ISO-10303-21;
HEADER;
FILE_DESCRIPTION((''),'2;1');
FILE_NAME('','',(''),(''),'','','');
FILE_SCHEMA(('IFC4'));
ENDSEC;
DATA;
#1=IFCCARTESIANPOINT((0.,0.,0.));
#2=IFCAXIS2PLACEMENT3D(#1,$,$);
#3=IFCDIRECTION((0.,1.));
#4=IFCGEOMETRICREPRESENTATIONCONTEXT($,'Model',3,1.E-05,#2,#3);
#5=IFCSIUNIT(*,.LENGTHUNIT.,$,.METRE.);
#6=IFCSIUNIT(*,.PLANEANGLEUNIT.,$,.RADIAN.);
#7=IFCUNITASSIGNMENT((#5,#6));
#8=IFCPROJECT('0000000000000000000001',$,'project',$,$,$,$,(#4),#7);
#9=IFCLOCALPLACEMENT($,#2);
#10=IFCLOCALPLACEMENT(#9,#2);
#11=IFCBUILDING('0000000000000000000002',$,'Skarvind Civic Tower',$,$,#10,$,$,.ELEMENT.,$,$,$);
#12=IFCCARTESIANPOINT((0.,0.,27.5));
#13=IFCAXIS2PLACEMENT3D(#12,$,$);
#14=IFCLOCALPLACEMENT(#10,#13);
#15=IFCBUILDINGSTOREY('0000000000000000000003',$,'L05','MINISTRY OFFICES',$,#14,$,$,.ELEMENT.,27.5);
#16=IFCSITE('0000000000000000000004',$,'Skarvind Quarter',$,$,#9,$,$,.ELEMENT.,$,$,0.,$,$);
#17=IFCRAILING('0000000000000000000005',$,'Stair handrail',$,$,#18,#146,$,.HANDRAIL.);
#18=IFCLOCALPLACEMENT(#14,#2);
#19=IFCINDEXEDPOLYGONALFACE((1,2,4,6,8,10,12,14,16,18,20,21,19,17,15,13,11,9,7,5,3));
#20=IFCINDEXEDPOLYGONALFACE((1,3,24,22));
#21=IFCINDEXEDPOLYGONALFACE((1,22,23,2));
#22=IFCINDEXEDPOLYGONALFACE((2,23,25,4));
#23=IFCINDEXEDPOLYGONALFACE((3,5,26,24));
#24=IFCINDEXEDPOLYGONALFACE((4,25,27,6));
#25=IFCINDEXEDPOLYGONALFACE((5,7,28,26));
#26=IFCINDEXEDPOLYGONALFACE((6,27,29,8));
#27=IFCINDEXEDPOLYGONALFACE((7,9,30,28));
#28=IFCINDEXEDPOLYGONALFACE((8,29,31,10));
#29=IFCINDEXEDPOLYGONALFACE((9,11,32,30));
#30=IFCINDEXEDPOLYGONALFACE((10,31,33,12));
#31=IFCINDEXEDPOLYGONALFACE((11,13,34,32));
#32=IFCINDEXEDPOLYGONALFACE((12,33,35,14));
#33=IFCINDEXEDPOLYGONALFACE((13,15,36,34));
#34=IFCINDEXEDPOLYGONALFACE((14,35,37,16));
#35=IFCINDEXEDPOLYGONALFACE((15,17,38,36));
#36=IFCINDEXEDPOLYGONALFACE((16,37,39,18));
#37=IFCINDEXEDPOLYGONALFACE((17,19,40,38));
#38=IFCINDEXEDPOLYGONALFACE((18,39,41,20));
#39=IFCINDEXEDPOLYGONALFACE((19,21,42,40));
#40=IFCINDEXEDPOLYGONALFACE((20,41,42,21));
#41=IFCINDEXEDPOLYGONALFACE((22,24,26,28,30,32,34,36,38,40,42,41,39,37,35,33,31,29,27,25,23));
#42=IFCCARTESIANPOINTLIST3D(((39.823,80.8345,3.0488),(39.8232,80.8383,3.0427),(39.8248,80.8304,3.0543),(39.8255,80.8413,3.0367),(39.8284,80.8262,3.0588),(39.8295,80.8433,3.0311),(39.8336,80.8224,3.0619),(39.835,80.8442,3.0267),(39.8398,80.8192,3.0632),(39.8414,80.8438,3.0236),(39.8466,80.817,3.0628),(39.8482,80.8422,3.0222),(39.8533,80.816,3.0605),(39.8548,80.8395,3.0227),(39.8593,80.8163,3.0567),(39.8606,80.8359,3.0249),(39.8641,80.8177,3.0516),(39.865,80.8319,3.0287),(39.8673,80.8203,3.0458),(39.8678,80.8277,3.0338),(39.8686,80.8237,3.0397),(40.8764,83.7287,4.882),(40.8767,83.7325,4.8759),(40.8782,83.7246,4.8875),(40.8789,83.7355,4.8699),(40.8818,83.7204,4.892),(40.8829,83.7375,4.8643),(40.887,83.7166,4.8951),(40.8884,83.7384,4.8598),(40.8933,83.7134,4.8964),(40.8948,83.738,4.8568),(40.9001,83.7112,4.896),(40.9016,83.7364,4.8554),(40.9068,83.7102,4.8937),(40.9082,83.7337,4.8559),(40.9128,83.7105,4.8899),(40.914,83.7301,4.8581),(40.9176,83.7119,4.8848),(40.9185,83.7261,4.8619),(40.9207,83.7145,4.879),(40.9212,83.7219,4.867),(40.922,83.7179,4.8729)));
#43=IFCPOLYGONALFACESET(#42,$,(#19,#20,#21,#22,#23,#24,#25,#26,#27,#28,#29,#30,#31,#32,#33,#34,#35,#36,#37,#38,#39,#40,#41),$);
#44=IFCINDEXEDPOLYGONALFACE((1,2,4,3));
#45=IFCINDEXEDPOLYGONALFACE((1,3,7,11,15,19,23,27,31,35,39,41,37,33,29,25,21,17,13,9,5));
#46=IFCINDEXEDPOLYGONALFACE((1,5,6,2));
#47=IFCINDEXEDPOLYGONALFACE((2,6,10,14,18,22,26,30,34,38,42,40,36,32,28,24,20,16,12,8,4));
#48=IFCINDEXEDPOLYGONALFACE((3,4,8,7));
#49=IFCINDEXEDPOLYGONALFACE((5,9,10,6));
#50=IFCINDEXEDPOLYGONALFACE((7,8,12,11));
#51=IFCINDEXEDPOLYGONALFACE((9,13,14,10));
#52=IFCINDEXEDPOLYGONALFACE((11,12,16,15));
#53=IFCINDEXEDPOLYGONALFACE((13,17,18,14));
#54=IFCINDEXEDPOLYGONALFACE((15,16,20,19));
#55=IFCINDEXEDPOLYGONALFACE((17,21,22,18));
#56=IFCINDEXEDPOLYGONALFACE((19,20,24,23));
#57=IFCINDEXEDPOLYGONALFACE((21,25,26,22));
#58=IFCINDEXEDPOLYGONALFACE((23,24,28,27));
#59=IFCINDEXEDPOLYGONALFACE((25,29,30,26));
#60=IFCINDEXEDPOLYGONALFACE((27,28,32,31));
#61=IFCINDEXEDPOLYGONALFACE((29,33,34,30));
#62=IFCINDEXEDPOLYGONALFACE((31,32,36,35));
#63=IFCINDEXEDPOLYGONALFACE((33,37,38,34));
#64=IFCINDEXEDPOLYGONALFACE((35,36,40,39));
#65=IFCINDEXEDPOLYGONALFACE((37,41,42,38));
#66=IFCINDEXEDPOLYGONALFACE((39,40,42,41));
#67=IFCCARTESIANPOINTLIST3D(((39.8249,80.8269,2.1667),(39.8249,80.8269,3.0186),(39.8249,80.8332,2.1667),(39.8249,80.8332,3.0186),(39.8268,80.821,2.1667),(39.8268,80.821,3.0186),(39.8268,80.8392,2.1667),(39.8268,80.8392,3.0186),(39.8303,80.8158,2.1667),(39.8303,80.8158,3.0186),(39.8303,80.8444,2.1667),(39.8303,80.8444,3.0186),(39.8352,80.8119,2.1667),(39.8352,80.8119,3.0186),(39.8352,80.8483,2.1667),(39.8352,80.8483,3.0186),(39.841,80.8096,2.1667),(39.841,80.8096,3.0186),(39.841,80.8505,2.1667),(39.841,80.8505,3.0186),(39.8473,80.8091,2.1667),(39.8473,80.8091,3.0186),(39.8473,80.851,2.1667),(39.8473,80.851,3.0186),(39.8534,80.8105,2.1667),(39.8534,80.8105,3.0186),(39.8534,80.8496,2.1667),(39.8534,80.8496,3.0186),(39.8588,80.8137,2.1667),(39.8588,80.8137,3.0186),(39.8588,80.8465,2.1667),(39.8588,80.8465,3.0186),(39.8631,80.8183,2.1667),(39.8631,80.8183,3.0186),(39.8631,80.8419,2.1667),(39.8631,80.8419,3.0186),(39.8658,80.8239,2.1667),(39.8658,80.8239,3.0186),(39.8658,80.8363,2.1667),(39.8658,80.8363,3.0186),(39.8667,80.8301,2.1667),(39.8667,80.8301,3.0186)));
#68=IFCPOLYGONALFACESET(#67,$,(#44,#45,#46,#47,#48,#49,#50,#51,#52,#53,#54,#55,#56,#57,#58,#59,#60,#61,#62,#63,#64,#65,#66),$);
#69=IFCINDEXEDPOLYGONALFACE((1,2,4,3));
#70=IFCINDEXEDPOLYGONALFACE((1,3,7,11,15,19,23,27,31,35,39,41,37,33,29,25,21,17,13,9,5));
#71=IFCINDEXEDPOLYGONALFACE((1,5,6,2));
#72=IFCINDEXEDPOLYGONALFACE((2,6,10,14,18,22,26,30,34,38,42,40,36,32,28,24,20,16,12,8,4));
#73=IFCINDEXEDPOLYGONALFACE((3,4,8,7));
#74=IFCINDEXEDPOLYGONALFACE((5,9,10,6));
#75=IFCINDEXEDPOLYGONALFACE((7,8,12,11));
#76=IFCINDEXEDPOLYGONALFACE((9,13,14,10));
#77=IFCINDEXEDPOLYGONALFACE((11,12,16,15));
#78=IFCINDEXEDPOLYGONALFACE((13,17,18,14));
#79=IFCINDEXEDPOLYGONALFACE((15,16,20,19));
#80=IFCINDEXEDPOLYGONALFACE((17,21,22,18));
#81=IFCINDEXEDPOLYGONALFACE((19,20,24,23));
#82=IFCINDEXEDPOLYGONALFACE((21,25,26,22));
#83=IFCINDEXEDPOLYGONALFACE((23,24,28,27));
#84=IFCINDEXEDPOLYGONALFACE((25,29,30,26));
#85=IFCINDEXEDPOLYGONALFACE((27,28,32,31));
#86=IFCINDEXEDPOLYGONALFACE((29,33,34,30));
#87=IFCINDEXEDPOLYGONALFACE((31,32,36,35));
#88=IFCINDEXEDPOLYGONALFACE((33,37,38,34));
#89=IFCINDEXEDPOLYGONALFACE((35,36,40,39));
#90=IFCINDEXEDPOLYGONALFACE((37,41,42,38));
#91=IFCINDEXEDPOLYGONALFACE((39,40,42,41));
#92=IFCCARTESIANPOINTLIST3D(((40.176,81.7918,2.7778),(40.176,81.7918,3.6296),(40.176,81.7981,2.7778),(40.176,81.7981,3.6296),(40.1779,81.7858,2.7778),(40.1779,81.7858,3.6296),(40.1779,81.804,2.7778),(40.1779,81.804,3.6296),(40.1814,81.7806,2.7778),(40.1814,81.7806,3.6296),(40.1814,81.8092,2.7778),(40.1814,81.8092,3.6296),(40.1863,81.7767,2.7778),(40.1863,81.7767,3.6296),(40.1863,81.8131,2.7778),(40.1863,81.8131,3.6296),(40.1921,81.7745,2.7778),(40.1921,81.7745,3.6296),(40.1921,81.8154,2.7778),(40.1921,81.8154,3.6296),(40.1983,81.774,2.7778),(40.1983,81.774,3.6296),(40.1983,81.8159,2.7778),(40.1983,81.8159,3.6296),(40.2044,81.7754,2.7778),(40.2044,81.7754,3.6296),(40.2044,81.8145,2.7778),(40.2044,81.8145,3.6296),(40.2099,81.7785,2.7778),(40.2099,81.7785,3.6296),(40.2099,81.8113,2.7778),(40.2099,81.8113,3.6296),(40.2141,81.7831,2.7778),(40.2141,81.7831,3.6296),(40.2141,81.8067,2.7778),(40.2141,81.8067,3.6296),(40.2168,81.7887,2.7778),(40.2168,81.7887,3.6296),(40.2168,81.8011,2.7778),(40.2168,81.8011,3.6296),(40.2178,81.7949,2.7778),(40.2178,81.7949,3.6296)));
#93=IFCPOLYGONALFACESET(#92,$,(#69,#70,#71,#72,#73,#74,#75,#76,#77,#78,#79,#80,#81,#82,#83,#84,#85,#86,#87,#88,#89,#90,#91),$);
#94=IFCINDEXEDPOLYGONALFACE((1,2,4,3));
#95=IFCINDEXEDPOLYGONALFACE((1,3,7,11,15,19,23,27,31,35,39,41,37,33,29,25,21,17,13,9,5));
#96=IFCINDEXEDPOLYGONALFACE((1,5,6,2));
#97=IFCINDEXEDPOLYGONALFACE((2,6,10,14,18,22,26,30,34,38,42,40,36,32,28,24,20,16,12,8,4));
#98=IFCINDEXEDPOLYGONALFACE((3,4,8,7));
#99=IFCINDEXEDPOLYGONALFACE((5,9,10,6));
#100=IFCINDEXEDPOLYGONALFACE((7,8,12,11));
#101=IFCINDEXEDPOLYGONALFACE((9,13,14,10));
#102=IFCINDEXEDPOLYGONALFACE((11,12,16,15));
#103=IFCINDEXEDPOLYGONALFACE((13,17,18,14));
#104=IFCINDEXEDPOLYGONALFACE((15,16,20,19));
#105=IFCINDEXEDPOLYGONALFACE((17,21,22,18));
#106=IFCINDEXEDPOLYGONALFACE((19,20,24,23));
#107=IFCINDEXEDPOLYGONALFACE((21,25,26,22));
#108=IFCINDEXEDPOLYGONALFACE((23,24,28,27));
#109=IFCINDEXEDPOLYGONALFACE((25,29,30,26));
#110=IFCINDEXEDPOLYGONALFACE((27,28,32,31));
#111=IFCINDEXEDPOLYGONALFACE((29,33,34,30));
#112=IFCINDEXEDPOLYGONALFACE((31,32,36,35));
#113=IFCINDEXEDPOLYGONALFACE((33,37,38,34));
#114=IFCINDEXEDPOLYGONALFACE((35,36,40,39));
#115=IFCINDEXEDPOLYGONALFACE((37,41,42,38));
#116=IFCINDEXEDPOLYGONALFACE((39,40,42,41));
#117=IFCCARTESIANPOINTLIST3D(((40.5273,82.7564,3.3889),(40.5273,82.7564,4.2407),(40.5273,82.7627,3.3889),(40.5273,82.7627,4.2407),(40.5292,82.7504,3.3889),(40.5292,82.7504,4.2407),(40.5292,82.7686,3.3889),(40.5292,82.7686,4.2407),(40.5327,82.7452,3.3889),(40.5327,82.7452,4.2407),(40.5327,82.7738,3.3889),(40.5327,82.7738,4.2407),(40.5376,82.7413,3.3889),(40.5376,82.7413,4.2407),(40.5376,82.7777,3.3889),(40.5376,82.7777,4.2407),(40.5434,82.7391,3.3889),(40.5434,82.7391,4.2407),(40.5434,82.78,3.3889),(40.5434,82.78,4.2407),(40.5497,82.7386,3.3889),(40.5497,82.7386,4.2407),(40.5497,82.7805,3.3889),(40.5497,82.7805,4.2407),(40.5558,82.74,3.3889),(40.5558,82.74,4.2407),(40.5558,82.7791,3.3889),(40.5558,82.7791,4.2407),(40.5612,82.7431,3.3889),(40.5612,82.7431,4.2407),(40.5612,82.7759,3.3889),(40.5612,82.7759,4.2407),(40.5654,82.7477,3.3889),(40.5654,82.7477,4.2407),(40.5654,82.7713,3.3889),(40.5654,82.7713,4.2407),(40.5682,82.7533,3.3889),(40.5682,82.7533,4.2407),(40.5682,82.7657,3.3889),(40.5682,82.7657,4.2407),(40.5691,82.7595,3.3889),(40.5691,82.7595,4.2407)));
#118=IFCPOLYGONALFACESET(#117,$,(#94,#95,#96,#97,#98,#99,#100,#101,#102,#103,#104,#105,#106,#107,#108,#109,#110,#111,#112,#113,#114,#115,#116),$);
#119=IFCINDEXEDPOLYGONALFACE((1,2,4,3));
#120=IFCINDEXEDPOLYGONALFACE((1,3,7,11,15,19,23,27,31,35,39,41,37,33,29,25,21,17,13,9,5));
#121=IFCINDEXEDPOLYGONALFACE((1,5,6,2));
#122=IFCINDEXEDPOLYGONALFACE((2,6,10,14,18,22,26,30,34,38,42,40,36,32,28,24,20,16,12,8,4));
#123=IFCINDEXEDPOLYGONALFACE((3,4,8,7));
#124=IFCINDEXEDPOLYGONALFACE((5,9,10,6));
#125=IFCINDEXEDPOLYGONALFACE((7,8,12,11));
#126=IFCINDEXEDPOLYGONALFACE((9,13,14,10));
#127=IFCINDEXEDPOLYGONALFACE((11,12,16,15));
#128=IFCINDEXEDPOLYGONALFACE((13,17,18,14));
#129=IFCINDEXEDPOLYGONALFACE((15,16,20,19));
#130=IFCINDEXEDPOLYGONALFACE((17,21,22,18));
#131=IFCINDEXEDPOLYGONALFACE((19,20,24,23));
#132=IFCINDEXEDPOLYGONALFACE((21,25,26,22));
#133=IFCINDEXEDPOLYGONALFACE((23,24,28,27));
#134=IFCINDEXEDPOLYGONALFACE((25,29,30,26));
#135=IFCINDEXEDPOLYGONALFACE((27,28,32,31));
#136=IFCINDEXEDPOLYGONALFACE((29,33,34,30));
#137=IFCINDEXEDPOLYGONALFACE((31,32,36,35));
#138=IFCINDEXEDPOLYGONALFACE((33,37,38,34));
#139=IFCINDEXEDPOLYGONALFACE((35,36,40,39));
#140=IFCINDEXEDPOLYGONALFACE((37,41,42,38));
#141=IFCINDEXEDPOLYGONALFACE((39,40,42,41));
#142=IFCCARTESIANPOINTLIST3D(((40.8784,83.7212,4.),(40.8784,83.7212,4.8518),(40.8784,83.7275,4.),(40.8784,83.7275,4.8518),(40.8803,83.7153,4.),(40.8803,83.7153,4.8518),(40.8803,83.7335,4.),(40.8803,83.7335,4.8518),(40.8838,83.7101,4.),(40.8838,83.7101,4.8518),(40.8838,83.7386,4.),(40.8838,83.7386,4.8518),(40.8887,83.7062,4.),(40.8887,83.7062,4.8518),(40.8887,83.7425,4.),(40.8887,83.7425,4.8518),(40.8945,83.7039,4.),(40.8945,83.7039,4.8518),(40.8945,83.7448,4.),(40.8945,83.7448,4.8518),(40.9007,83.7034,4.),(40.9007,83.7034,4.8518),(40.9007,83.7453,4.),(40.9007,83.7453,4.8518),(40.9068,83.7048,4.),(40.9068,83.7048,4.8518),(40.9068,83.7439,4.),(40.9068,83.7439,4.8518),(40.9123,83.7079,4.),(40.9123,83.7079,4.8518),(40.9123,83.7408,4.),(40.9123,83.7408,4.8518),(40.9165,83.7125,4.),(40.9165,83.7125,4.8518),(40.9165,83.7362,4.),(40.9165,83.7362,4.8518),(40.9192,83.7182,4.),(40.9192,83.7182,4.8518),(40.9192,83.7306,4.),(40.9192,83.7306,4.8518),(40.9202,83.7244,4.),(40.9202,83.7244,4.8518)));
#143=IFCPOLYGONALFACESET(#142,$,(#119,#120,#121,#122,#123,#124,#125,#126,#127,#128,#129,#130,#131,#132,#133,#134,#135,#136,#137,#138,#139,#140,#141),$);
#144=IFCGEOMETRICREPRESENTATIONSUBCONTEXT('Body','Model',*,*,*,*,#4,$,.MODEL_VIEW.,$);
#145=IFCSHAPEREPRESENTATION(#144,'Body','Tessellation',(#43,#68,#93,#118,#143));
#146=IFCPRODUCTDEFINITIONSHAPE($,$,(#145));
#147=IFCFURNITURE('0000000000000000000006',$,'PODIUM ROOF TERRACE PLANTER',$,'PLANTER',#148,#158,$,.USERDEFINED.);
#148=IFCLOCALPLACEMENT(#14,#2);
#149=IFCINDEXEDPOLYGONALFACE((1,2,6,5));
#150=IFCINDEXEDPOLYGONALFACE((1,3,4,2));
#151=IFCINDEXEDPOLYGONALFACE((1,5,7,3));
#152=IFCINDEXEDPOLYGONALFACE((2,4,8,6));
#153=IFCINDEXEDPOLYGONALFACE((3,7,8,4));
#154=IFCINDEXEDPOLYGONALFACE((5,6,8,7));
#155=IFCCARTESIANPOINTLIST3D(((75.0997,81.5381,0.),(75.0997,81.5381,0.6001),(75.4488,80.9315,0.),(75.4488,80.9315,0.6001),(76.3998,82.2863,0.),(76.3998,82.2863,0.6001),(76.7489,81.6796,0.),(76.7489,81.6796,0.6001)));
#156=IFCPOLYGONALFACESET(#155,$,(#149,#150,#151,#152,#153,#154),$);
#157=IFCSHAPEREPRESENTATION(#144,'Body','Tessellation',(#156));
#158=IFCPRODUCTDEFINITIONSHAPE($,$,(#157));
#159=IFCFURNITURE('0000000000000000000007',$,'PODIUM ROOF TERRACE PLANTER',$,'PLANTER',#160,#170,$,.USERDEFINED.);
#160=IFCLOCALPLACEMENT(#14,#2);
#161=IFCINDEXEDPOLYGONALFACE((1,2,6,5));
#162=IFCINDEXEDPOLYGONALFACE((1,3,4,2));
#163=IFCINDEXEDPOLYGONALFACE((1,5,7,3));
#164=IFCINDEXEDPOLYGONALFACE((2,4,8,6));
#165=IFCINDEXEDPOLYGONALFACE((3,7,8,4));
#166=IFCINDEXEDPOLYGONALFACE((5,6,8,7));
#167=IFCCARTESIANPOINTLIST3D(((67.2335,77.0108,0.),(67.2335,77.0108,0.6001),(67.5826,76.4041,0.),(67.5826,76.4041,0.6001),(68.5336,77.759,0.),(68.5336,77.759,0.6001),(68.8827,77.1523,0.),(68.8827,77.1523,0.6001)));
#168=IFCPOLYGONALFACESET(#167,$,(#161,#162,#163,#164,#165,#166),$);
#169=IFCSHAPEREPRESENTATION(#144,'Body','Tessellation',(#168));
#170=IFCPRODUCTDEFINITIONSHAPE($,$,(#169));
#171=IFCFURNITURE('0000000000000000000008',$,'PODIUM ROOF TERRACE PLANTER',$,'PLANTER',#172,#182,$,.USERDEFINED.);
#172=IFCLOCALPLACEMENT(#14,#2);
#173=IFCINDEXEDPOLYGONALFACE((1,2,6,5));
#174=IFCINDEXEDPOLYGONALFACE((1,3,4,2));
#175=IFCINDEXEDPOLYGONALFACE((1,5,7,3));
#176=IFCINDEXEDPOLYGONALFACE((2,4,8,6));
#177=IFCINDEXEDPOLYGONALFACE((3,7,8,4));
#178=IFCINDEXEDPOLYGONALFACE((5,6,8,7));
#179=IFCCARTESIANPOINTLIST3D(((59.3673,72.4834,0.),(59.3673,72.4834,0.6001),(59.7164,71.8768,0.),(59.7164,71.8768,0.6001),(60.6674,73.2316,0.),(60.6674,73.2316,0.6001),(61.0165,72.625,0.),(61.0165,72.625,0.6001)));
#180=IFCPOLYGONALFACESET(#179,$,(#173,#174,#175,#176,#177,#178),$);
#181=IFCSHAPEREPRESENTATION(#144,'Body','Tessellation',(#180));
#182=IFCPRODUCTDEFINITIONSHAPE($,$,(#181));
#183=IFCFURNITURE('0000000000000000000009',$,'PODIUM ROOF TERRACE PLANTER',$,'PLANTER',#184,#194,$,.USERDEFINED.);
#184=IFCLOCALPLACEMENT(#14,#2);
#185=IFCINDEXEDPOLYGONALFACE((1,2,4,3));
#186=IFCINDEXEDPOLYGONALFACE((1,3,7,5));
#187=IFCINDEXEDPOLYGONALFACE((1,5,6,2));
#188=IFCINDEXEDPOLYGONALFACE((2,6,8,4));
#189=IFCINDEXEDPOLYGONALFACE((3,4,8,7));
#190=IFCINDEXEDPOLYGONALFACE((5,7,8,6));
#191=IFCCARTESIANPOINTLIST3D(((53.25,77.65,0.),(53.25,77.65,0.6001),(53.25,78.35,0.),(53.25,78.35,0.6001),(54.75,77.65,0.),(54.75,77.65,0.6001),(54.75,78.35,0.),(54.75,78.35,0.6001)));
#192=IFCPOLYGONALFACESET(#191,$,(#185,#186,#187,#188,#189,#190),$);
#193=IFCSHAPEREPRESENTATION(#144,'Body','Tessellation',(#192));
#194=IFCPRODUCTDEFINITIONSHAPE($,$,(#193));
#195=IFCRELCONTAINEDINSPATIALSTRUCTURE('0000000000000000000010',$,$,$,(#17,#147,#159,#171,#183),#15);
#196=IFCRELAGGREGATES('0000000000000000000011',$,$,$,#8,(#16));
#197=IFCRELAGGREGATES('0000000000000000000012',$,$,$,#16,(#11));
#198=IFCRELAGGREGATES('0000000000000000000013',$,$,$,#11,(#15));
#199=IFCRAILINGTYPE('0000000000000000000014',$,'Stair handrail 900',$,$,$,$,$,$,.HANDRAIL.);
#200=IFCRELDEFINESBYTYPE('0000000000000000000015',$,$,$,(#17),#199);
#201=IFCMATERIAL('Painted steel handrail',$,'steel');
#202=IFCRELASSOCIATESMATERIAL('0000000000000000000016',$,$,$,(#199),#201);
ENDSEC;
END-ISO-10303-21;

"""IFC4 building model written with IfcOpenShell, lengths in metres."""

from ifc_helpers import new_model, si_unit, direction, frame, origin, origin_2d, place, context, subcontext, project, spatial, rectangle, circle, extrude, material, type_object, element, save


model = new_model("IFC4")

# Units and contexts
model_context = context("Model", 3, precision=1e-05, world=origin(), true_north=direction((0.0, 1.0)))
body_context = subcontext(model_context, "Body", "Model", "MODEL_VIEW")
ifc_project = project(units=[si_unit("LENGTHUNIT", "METRE"), si_unit("PLANEANGLEUNIT", "RADIAN")], contexts=[model_context])

# Site, building, storey
site_placement = place(None, origin())
site = spatial("IfcSite", under=ifc_project, at=site_placement, Name="Skarvind Quarter", CompositionType="ELEMENT", RefElevation=0.0)
building_placement = place(site_placement, origin())
building = spatial("IfcBuilding", under=site, at=building_placement, Name="Skarvind Civic Tower", CompositionType="ELEMENT")
storey_placement = place(building_placement, frame((0.0, 0.0, 27.5)))
storey = spatial("IfcBuildingStorey", under=building, at=storey_placement, Name="L05", Description="MINISTRY OFFICES", CompositionType="ELEMENT", Elevation=27.5)

# Railing
ifc_material_1 = material(Name="Painted steel handrail", Category="steel")
railing_type = type_object("IfcRailingType", Name="Stair handrail 900", PredefinedType="HANDRAIL", material=ifc_material_1)
railing_placement = place(storey_placement, frame((39.8457, 80.8301, 2.1667)))
element("IfcRailing", 1, at=railing_placement, inside=storey, type_object=railing_type, Name="Stair handrail", PredefinedType="HANDRAIL", context=body_context, shape_type="SweptSolid", body=[
    extrude(circle(Radius=0.0239, at=origin_2d()), frame((0.0, 0.0, 0.876), z_axis=(0.293908, 0.807481, 0.511461), x_axis=(-0.939689, 0.342029, 0.0)), (0.0, 0.0, 1.0), 3.5842),
    extrude(circle(Radius=0.021, at=origin_2d()), origin(), (0.0, 0.0, 1.0), 0.8518),
    extrude(circle(Radius=0.021, at=origin_2d()), frame((0.3511, 0.9648, 0.6111)), (0.0, 0.0, 1.0), 0.8518),
    extrude(circle(Radius=0.021, at=origin_2d()), frame((0.7024, 1.9294, 1.2222)), (0.0, 0.0, 1.0), 0.8518),
    extrude(circle(Radius=0.021, at=origin_2d()), frame((1.0535, 2.8943, 1.8333)), (0.0, 0.0, 1.0), 0.8518),
])

# Furniture
for number, where, z_axis, x_axis, name in (
    (2, (75.9243, 81.6089, 0.0), (0.0, 0.0, 1.0), (-0.866723, -0.49879, 0.0), "PODIUM ROOF TERRACE PLANTER"),
    (3, (68.0581, 77.0815, 0.0), (0.0, 0.0, 1.0), (-0.866723, -0.49879, 0.0), "PODIUM ROOF TERRACE PLANTER"),
    (4, (60.1919, 72.5542, 0.0), (0.0, 0.0, 1.0), (-0.866723, -0.49879, 0.0), "PODIUM ROOF TERRACE PLANTER"),
    (5, (54.0, 78.0, 0.0), (0.0, 0.0, 1.0), (1.0, 0.0, 0.0), "PODIUM ROOF TERRACE PLANTER"),
):
    element("IfcFurniture", number, at=place(storey_placement, frame(where, z_axis=z_axis, x_axis=x_axis)), inside=storey, Name=name, ObjectType="PLANTER", PredefinedType="USERDEFINED", context=body_context, shape_type="SweptSolid", body=[
        extrude(rectangle(XDim=1.5, YDim=0.7, at=origin_2d()), origin(), (0.0, 0.0, 1.0), 0.6001),
    ])

save(model, "model.ifc")
